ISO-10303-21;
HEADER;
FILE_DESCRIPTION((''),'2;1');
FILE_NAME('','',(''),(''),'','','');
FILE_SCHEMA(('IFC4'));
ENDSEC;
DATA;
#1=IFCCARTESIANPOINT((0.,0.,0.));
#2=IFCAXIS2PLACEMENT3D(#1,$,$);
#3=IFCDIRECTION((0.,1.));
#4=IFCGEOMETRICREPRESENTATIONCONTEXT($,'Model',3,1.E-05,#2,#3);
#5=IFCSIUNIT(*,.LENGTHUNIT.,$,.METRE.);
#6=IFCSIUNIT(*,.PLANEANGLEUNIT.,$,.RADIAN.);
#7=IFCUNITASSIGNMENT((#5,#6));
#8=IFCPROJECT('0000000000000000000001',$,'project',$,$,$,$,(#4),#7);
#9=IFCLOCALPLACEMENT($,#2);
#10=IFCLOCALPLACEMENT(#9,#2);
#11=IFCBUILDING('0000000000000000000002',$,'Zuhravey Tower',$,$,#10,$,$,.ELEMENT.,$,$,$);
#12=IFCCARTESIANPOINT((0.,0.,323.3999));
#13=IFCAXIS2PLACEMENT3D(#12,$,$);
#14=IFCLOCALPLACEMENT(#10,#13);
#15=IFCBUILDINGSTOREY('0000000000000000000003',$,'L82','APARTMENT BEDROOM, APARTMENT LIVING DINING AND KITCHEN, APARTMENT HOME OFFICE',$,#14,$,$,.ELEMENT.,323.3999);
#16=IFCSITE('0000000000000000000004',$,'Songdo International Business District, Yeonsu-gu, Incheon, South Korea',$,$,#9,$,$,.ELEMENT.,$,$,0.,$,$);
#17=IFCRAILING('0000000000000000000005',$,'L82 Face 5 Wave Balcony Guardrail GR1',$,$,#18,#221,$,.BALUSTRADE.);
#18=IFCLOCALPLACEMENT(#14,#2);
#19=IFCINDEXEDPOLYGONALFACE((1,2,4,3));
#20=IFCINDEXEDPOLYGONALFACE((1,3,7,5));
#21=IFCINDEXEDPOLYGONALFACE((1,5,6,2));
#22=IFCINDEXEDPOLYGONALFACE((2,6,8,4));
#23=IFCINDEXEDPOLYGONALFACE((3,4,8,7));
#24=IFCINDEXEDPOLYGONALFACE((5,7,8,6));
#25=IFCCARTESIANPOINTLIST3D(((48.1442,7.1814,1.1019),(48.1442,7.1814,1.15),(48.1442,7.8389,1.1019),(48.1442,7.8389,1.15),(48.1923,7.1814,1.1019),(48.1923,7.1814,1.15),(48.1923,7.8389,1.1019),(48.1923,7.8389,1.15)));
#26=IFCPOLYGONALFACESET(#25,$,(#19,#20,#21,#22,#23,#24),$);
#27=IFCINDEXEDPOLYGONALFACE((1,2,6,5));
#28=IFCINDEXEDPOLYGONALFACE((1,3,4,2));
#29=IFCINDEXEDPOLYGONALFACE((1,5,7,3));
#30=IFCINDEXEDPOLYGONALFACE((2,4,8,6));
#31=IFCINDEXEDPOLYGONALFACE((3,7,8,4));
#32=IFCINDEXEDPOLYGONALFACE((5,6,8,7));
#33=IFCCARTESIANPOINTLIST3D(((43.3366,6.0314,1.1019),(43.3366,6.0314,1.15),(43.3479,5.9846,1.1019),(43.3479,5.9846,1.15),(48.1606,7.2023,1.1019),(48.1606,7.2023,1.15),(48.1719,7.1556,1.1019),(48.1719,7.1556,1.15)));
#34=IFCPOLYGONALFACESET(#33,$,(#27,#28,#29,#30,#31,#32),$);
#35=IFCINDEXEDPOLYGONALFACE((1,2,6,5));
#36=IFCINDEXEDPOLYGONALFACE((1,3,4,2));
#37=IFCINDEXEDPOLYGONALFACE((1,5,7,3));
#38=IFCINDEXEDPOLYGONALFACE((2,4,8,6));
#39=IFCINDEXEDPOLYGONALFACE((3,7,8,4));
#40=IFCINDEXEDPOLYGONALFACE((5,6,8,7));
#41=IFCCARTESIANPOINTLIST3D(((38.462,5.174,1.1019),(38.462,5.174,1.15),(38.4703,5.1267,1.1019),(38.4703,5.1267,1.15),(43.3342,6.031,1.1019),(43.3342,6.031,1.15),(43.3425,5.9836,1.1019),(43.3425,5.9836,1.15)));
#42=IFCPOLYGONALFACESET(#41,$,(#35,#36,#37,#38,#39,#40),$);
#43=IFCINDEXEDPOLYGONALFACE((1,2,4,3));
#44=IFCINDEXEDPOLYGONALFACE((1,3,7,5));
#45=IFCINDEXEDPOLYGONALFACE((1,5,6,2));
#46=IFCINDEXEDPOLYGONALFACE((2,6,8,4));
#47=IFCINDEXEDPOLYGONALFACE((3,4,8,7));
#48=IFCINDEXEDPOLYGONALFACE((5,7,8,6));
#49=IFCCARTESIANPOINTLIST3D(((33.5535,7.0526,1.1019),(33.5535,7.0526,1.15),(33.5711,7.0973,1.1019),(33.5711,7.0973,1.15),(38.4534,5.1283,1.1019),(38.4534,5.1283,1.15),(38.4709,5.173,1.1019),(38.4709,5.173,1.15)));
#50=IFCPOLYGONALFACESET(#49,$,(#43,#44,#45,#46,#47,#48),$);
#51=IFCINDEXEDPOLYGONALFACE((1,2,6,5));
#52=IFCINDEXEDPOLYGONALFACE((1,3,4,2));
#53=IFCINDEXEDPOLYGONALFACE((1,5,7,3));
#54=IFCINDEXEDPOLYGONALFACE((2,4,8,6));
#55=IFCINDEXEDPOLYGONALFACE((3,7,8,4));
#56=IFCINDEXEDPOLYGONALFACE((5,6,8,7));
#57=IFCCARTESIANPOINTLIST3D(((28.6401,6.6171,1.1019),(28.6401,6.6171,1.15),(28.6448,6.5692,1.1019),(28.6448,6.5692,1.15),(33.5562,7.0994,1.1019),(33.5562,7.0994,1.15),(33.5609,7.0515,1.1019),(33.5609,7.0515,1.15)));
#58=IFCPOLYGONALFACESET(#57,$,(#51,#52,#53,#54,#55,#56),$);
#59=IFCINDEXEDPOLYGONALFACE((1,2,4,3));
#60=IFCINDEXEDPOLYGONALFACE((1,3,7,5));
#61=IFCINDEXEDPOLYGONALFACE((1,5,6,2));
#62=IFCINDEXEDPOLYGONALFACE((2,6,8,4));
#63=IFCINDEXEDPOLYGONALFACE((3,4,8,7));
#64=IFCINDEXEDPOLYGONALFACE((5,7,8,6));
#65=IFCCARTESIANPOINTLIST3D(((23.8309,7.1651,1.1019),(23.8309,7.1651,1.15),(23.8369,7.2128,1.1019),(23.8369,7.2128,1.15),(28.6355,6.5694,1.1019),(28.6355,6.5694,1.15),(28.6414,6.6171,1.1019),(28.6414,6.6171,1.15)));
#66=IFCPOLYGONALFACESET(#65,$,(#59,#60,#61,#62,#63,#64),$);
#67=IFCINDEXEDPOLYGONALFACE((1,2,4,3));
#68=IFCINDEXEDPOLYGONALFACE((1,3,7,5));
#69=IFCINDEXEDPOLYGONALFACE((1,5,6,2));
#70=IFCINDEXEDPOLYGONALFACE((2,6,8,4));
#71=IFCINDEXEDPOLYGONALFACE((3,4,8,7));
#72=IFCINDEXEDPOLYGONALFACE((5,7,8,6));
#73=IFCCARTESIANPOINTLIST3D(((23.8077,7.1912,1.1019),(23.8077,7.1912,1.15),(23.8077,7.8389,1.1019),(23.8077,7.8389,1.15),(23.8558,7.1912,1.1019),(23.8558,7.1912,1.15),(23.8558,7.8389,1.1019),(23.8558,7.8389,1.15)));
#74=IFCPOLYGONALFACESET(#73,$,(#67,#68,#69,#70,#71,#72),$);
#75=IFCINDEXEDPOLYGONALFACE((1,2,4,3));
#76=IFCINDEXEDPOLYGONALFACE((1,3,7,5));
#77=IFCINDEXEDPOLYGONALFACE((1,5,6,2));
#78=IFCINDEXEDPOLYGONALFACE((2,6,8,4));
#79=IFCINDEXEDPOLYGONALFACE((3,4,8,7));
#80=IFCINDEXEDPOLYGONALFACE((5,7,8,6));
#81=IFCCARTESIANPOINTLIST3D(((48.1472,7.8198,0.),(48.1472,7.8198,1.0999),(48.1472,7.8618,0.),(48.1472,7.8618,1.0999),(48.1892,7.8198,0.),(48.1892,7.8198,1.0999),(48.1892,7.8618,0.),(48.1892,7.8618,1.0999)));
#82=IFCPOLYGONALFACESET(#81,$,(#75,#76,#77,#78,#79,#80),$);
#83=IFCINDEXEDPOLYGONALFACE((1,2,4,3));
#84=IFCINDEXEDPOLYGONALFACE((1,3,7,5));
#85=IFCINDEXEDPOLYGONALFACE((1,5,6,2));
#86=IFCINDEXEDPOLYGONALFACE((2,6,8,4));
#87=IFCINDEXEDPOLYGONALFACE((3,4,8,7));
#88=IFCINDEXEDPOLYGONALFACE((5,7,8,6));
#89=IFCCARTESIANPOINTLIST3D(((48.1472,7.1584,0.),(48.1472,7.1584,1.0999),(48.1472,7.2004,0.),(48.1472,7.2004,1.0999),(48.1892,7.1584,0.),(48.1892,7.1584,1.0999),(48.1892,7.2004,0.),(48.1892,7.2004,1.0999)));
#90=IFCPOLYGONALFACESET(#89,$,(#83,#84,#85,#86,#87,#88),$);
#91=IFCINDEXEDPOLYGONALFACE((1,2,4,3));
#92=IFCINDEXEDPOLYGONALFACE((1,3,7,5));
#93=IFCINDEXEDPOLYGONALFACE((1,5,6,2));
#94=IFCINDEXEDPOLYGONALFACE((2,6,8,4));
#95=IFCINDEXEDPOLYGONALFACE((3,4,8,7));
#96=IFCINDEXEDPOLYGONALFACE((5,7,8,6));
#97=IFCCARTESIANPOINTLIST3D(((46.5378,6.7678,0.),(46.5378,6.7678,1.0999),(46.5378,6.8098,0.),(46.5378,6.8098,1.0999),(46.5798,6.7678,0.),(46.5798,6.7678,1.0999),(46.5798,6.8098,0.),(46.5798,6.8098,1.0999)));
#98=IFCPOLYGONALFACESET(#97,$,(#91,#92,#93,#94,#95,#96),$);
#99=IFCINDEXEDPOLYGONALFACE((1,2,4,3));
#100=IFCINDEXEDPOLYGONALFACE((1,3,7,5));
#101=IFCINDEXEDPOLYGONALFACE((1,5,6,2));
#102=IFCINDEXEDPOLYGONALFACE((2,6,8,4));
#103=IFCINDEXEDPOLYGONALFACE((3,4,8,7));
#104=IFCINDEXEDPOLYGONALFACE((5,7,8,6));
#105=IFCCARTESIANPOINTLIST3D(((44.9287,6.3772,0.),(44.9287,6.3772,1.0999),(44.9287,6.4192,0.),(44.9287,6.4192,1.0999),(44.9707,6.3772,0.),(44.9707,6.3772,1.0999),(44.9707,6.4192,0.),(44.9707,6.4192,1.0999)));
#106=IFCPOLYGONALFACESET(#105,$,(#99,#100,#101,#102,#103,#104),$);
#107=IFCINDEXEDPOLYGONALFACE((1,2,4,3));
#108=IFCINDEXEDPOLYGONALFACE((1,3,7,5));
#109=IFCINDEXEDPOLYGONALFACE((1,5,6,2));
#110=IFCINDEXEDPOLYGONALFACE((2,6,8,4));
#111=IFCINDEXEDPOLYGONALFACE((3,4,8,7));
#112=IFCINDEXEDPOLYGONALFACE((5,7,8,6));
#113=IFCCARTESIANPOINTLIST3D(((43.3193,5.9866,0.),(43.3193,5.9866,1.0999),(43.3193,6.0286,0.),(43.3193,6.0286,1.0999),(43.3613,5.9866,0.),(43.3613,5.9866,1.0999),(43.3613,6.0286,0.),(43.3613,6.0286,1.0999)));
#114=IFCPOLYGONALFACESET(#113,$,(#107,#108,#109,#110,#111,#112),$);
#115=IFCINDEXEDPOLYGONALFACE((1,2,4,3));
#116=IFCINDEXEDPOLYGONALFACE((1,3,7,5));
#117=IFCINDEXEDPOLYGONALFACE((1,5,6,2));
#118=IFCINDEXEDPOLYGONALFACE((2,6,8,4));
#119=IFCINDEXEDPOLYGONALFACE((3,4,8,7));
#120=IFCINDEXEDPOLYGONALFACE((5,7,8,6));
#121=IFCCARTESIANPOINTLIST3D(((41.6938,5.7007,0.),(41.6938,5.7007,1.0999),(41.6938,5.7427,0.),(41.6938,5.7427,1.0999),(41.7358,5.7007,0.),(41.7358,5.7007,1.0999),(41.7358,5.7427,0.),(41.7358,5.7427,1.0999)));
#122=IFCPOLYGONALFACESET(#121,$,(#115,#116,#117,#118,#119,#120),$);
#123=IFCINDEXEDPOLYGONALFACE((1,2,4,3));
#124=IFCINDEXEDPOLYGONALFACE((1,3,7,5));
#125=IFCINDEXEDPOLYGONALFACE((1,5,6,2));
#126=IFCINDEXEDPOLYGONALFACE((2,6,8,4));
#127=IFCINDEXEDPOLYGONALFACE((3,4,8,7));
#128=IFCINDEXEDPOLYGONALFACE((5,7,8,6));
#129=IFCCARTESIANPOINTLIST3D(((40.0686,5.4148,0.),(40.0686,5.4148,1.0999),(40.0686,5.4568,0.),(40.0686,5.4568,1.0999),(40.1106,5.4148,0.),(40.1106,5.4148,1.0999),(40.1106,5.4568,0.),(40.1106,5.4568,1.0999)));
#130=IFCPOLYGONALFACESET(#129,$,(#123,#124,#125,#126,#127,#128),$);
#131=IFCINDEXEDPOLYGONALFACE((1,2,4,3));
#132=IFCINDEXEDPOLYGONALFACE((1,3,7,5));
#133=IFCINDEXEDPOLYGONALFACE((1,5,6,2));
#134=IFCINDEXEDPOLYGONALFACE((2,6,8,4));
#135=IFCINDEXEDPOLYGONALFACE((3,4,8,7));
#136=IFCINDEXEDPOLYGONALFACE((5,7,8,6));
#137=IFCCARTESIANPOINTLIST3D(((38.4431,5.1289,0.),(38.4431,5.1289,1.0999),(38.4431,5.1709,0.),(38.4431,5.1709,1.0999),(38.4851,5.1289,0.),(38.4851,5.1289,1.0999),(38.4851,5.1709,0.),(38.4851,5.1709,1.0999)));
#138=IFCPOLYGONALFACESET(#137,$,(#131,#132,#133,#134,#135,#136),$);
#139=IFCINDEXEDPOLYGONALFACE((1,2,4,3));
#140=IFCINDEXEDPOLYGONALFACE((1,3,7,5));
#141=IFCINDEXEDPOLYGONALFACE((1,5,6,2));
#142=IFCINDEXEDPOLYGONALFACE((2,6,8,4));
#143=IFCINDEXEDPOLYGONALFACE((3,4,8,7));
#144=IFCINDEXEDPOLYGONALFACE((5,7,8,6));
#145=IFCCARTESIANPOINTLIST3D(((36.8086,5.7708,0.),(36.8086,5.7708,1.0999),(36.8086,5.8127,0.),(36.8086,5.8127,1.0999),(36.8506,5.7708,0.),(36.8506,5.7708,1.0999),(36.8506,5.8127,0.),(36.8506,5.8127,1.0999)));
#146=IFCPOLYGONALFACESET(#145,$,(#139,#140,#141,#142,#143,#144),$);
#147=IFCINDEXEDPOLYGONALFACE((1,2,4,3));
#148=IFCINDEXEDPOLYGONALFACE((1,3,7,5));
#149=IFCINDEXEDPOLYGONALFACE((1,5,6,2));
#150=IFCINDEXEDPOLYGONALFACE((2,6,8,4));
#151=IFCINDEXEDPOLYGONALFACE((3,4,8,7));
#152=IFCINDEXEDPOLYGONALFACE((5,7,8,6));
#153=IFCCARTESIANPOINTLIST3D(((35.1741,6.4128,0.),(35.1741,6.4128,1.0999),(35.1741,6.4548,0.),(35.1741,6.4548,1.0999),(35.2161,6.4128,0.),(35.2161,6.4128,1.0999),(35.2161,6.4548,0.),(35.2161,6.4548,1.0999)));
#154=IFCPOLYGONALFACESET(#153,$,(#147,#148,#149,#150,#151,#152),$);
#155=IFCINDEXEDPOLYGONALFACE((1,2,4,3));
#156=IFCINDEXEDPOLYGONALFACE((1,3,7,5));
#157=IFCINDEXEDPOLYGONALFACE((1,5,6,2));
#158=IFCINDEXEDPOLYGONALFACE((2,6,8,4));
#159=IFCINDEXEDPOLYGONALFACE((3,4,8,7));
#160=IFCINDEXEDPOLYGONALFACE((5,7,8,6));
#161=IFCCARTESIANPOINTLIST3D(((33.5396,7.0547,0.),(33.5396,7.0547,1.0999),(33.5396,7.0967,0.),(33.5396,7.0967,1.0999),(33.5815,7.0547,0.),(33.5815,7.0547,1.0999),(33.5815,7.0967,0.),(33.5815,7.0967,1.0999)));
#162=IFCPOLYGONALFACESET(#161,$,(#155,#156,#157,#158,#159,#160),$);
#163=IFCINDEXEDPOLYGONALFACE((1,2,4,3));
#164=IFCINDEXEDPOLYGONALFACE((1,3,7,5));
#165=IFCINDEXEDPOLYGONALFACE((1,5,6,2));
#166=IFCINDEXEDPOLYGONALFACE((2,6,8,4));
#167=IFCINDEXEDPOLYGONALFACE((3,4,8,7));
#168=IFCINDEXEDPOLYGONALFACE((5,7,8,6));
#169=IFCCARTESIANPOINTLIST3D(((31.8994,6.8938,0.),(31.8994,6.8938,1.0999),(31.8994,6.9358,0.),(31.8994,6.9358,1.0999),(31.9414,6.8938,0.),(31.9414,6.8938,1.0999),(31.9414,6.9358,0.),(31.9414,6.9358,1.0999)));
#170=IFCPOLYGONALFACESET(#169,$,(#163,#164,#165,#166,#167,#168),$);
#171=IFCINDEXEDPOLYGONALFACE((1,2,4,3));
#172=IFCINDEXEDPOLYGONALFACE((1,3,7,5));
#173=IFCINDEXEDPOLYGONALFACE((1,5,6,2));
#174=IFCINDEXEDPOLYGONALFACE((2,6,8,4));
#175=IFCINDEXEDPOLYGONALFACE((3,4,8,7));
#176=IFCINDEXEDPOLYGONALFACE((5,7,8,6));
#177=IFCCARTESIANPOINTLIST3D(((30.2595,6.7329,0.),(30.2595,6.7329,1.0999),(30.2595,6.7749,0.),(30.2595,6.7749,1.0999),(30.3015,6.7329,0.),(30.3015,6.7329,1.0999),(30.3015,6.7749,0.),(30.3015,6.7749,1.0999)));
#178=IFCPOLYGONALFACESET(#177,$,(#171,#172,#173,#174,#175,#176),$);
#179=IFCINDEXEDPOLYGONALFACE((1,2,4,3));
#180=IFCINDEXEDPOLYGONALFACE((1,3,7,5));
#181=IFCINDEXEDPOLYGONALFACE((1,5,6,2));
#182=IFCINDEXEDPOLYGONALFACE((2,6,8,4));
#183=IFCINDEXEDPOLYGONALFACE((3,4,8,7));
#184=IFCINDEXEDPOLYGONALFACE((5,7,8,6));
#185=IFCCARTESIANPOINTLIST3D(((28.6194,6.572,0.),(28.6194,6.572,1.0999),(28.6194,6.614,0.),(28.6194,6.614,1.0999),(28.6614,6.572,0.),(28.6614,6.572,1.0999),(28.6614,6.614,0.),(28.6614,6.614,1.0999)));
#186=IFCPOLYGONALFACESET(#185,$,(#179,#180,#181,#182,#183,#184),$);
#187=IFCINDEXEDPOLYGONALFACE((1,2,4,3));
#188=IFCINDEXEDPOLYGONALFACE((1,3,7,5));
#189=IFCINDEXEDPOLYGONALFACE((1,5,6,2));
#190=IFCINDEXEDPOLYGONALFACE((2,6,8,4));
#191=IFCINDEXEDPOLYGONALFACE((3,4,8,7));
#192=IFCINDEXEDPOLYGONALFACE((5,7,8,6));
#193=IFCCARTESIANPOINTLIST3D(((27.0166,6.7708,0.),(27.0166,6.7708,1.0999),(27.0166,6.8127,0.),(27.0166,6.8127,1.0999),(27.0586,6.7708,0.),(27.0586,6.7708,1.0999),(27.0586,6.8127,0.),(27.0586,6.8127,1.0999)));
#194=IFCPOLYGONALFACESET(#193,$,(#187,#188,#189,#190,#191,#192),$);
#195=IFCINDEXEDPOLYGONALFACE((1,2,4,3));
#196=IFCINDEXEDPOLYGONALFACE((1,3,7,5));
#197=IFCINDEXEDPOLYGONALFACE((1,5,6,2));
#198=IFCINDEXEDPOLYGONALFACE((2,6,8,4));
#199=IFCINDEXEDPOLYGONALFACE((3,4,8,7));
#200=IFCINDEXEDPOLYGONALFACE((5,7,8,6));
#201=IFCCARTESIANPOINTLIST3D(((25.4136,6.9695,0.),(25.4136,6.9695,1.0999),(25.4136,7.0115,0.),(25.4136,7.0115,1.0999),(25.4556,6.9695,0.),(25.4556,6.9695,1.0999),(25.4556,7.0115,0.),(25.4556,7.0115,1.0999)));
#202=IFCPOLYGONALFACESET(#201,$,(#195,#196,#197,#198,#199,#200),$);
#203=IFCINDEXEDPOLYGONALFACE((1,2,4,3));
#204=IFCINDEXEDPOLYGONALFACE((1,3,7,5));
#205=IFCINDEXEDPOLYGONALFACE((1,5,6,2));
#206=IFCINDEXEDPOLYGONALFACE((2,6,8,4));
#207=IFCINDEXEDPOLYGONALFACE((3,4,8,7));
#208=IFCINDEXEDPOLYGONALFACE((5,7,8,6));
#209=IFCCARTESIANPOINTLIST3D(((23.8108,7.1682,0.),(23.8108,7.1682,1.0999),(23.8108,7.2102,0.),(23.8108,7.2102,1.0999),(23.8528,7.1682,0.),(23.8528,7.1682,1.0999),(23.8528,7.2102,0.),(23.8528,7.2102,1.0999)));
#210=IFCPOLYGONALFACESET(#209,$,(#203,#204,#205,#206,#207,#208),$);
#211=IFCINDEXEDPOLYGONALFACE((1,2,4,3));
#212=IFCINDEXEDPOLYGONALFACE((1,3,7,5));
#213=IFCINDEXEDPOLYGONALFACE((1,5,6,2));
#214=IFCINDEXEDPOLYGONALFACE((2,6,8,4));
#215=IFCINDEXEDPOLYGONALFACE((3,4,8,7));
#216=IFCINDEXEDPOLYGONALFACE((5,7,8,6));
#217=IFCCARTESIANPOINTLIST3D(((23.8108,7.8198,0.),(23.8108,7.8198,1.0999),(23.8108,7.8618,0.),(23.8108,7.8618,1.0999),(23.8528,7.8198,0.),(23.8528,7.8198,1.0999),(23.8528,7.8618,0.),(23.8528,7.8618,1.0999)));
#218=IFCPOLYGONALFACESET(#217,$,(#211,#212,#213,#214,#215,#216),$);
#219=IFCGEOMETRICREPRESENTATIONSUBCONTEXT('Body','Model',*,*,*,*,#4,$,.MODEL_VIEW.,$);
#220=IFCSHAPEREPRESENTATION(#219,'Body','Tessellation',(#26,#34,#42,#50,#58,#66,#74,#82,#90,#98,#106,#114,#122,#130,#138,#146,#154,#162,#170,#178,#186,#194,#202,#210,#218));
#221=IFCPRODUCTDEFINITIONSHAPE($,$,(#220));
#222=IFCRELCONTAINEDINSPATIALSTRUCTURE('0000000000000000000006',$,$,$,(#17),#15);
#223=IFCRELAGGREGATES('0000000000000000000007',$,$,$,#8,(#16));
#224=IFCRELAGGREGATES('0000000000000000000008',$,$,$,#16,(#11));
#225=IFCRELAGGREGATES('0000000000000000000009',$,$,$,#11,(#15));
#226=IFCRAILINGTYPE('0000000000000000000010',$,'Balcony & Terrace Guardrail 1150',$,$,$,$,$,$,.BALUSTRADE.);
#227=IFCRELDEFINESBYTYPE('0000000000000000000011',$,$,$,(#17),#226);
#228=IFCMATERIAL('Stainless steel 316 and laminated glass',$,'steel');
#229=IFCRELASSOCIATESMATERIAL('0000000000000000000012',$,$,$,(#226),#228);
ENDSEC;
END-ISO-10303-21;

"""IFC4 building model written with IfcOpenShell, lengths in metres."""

from ifc_helpers import new_model, si_unit, direction, frame, origin, origin_2d, place, context, subcontext, project, spatial, rectangle, extrude, material, type_object, element, save


model = new_model("IFC4")

# Units and contexts
model_context = context("Model", 3, precision=1e-05, world=origin(), true_north=direction((0.0, 1.0)))
body_context = subcontext(model_context, "Body", "Model", "MODEL_VIEW")
ifc_project = project(units=[si_unit("LENGTHUNIT", "METRE"), si_unit("PLANEANGLEUNIT", "RADIAN")], contexts=[model_context])

# Site, building, storey
site_placement = place(None, origin())
site = spatial("IfcSite", under=ifc_project, at=site_placement, Name="Songdo International Business District, Yeonsu-gu, Incheon, South Korea", CompositionType="ELEMENT", RefElevation=0.0)
building_placement = place(site_placement, origin())
building = spatial("IfcBuilding", under=site, at=building_placement, Name="Zuhravey Tower", CompositionType="ELEMENT")
storey_placement = place(building_placement, frame((0.0, 0.0, 323.3999)))
storey = spatial("IfcBuildingStorey", under=building, at=storey_placement, Name="L82", Description="APARTMENT BEDROOM, APARTMENT LIVING DINING AND KITCHEN, APARTMENT HOME OFFICE", CompositionType="ELEMENT", Elevation=323.3999)

# Railing
ifc_material_1 = material(Name="Stainless steel 316 and laminated glass", Category="steel")
railing_type = type_object("IfcRailingType", Name="Balcony & Terrace Guardrail 1150", PredefinedType="BALUSTRADE", material=ifc_material_1)
railing_placement = place(storey_placement, frame((48.1682, 7.8408, 0.0)))
element("IfcRailing", 1, at=railing_placement, inside=storey, type_object=railing_type, Name="L82 Face 5 Wave Balcony Guardrail GR1", PredefinedType="BALUSTRADE", context=body_context, shape_type="SweptSolid", body=[
    extrude(rectangle(XDim=0.0481, YDim=0.0481, at=origin_2d()), frame((0.0, -0.002, 1.126), z_axis=(0.0, -1.0, 0.0), x_axis=(1.0, 0.0, 0.0)), (0.0, 0.0, 1.0), 0.6575),
    extrude(rectangle(XDim=0.0481, YDim=0.0481, at=origin_2d()), frame((-0.002, -0.6619, 1.126), z_axis=(-0.971782, -0.235881, 0.0), x_axis=(0.235881, -0.971782, 0.0)), (0.0, 0.0, 1.0), 4.9641),
    extrude(rectangle(XDim=0.0481, YDim=0.0481, at=origin_2d()), frame((-4.8298, -1.8335, 1.126), z_axis=(-0.984882, -0.173228, 0.0), x_axis=(0.173228, -0.984882, 0.0)), (0.0, 0.0, 1.0), 4.947),
    extrude(rectangle(XDim=0.0481, YDim=0.0481, at=origin_2d()), frame((-9.7061, -2.6902, 1.126), z_axis=(-0.930791, 0.365551, 0.0), x_axis=(-0.365551, -0.930791, 0.0)), (0.0, 0.0, 1.0), 5.2642),
    extrude(rectangle(XDim=0.0481, YDim=0.0481, at=origin_2d()), frame((-14.6096, -0.7654, 1.126), z_axis=(-0.995223, -0.097631, 0.0), x_axis=(0.097631, -0.995223, 0.0)), (0.0, 0.0, 1.0), 4.9397),
    extrude(rectangle(XDim=0.0481, YDim=0.0481, at=origin_2d()), frame((-19.5298, -1.2476, 1.126), z_axis=(-0.992401, 0.123042, 0.0), x_axis=(-0.123042, -0.992401, 0.0)), (0.0, 0.0, 1.0), 4.8413),
    extrude(rectangle(XDim=0.0481, YDim=0.0481, at=origin_2d()), frame((-24.3364, -0.6497, 1.126), z_axis=(0.0, 1.0, 0.0), x_axis=(-1.0, 0.0, 0.0)), (0.0, 0.0, 1.0), 0.6477),
    extrude(rectangle(XDim=0.042, YDim=0.042, at=origin_2d()), origin(), (0.0, 0.0, 1.0), 1.0999),
    extrude(rectangle(XDim=0.042, YDim=0.042, at=origin_2d()), frame((0.0, -0.6614, 0.0)), (0.0, 0.0, 1.0), 1.0999),
    extrude(rectangle(XDim=0.042, YDim=0.042, at=origin_2d()), frame((-1.6094, -1.052, 0.0)), (0.0, 0.0, 1.0), 1.0999),
    extrude(rectangle(XDim=0.042, YDim=0.042, at=origin_2d()), frame((-3.2185, -1.4426, 0.0)), (0.0, 0.0, 1.0), 1.0999),
    extrude(rectangle(XDim=0.042, YDim=0.042, at=origin_2d()), frame((-4.8279, -1.8333, 0.0)), (0.0, 0.0, 1.0), 1.0999),
    extrude(rectangle(XDim=0.042, YDim=0.042, at=origin_2d()), frame((-6.4534, -2.1191, 0.0)), (0.0, 0.0, 1.0), 1.0999),
    extrude(rectangle(XDim=0.042, YDim=0.042, at=origin_2d()), frame((-8.0786, -2.405, 0.0)), (0.0, 0.0, 1.0), 1.0999),
    extrude(rectangle(XDim=0.042, YDim=0.042, at=origin_2d()), frame((-9.7041, -2.6909, 0.0)), (0.0, 0.0, 1.0), 1.0999),
    extrude(rectangle(XDim=0.042, YDim=0.042, at=origin_2d()), frame((-11.3386, -2.0491, 0.0)), (0.0, 0.0, 1.0), 1.0999),
    extrude(rectangle(XDim=0.042, YDim=0.042, at=origin_2d()), frame((-12.9731, -1.407, 0.0)), (0.0, 0.0, 1.0), 1.0999),
    extrude(rectangle(XDim=0.042, YDim=0.042, at=origin_2d()), frame((-14.6077, -0.7651, 0.0)), (0.0, 0.0, 1.0), 1.0999),
    extrude(rectangle(XDim=0.042, YDim=0.042, at=origin_2d()), frame((-16.2478, -0.926, 0.0)), (0.0, 0.0, 1.0), 1.0999),
    extrude(rectangle(XDim=0.042, YDim=0.042, at=origin_2d()), frame((-17.8877, -1.0869, 0.0)), (0.0, 0.0, 1.0), 1.0999),
    extrude(rectangle(XDim=0.042, YDim=0.042, at=origin_2d()), frame((-19.5278, -1.2478, 0.0)), (0.0, 0.0, 1.0), 1.0999),
    extrude(rectangle(XDim=0.042, YDim=0.042, at=origin_2d()), frame((-21.1306, -1.0491, 0.0)), (0.0, 0.0, 1.0), 1.0999),
    extrude(rectangle(XDim=0.042, YDim=0.042, at=origin_2d()), frame((-22.7336, -0.8503, 0.0)), (0.0, 0.0, 1.0), 1.0999),
    extrude(rectangle(XDim=0.042, YDim=0.042, at=origin_2d()), frame((-24.3364, -0.6516, 0.0)), (0.0, 0.0, 1.0), 1.0999),
    extrude(rectangle(XDim=0.042, YDim=0.042, at=origin_2d()), frame((-24.3364, 0.0, 0.0)), (0.0, 0.0, 1.0), 1.0999),
])

save(model, "model.ifc")
